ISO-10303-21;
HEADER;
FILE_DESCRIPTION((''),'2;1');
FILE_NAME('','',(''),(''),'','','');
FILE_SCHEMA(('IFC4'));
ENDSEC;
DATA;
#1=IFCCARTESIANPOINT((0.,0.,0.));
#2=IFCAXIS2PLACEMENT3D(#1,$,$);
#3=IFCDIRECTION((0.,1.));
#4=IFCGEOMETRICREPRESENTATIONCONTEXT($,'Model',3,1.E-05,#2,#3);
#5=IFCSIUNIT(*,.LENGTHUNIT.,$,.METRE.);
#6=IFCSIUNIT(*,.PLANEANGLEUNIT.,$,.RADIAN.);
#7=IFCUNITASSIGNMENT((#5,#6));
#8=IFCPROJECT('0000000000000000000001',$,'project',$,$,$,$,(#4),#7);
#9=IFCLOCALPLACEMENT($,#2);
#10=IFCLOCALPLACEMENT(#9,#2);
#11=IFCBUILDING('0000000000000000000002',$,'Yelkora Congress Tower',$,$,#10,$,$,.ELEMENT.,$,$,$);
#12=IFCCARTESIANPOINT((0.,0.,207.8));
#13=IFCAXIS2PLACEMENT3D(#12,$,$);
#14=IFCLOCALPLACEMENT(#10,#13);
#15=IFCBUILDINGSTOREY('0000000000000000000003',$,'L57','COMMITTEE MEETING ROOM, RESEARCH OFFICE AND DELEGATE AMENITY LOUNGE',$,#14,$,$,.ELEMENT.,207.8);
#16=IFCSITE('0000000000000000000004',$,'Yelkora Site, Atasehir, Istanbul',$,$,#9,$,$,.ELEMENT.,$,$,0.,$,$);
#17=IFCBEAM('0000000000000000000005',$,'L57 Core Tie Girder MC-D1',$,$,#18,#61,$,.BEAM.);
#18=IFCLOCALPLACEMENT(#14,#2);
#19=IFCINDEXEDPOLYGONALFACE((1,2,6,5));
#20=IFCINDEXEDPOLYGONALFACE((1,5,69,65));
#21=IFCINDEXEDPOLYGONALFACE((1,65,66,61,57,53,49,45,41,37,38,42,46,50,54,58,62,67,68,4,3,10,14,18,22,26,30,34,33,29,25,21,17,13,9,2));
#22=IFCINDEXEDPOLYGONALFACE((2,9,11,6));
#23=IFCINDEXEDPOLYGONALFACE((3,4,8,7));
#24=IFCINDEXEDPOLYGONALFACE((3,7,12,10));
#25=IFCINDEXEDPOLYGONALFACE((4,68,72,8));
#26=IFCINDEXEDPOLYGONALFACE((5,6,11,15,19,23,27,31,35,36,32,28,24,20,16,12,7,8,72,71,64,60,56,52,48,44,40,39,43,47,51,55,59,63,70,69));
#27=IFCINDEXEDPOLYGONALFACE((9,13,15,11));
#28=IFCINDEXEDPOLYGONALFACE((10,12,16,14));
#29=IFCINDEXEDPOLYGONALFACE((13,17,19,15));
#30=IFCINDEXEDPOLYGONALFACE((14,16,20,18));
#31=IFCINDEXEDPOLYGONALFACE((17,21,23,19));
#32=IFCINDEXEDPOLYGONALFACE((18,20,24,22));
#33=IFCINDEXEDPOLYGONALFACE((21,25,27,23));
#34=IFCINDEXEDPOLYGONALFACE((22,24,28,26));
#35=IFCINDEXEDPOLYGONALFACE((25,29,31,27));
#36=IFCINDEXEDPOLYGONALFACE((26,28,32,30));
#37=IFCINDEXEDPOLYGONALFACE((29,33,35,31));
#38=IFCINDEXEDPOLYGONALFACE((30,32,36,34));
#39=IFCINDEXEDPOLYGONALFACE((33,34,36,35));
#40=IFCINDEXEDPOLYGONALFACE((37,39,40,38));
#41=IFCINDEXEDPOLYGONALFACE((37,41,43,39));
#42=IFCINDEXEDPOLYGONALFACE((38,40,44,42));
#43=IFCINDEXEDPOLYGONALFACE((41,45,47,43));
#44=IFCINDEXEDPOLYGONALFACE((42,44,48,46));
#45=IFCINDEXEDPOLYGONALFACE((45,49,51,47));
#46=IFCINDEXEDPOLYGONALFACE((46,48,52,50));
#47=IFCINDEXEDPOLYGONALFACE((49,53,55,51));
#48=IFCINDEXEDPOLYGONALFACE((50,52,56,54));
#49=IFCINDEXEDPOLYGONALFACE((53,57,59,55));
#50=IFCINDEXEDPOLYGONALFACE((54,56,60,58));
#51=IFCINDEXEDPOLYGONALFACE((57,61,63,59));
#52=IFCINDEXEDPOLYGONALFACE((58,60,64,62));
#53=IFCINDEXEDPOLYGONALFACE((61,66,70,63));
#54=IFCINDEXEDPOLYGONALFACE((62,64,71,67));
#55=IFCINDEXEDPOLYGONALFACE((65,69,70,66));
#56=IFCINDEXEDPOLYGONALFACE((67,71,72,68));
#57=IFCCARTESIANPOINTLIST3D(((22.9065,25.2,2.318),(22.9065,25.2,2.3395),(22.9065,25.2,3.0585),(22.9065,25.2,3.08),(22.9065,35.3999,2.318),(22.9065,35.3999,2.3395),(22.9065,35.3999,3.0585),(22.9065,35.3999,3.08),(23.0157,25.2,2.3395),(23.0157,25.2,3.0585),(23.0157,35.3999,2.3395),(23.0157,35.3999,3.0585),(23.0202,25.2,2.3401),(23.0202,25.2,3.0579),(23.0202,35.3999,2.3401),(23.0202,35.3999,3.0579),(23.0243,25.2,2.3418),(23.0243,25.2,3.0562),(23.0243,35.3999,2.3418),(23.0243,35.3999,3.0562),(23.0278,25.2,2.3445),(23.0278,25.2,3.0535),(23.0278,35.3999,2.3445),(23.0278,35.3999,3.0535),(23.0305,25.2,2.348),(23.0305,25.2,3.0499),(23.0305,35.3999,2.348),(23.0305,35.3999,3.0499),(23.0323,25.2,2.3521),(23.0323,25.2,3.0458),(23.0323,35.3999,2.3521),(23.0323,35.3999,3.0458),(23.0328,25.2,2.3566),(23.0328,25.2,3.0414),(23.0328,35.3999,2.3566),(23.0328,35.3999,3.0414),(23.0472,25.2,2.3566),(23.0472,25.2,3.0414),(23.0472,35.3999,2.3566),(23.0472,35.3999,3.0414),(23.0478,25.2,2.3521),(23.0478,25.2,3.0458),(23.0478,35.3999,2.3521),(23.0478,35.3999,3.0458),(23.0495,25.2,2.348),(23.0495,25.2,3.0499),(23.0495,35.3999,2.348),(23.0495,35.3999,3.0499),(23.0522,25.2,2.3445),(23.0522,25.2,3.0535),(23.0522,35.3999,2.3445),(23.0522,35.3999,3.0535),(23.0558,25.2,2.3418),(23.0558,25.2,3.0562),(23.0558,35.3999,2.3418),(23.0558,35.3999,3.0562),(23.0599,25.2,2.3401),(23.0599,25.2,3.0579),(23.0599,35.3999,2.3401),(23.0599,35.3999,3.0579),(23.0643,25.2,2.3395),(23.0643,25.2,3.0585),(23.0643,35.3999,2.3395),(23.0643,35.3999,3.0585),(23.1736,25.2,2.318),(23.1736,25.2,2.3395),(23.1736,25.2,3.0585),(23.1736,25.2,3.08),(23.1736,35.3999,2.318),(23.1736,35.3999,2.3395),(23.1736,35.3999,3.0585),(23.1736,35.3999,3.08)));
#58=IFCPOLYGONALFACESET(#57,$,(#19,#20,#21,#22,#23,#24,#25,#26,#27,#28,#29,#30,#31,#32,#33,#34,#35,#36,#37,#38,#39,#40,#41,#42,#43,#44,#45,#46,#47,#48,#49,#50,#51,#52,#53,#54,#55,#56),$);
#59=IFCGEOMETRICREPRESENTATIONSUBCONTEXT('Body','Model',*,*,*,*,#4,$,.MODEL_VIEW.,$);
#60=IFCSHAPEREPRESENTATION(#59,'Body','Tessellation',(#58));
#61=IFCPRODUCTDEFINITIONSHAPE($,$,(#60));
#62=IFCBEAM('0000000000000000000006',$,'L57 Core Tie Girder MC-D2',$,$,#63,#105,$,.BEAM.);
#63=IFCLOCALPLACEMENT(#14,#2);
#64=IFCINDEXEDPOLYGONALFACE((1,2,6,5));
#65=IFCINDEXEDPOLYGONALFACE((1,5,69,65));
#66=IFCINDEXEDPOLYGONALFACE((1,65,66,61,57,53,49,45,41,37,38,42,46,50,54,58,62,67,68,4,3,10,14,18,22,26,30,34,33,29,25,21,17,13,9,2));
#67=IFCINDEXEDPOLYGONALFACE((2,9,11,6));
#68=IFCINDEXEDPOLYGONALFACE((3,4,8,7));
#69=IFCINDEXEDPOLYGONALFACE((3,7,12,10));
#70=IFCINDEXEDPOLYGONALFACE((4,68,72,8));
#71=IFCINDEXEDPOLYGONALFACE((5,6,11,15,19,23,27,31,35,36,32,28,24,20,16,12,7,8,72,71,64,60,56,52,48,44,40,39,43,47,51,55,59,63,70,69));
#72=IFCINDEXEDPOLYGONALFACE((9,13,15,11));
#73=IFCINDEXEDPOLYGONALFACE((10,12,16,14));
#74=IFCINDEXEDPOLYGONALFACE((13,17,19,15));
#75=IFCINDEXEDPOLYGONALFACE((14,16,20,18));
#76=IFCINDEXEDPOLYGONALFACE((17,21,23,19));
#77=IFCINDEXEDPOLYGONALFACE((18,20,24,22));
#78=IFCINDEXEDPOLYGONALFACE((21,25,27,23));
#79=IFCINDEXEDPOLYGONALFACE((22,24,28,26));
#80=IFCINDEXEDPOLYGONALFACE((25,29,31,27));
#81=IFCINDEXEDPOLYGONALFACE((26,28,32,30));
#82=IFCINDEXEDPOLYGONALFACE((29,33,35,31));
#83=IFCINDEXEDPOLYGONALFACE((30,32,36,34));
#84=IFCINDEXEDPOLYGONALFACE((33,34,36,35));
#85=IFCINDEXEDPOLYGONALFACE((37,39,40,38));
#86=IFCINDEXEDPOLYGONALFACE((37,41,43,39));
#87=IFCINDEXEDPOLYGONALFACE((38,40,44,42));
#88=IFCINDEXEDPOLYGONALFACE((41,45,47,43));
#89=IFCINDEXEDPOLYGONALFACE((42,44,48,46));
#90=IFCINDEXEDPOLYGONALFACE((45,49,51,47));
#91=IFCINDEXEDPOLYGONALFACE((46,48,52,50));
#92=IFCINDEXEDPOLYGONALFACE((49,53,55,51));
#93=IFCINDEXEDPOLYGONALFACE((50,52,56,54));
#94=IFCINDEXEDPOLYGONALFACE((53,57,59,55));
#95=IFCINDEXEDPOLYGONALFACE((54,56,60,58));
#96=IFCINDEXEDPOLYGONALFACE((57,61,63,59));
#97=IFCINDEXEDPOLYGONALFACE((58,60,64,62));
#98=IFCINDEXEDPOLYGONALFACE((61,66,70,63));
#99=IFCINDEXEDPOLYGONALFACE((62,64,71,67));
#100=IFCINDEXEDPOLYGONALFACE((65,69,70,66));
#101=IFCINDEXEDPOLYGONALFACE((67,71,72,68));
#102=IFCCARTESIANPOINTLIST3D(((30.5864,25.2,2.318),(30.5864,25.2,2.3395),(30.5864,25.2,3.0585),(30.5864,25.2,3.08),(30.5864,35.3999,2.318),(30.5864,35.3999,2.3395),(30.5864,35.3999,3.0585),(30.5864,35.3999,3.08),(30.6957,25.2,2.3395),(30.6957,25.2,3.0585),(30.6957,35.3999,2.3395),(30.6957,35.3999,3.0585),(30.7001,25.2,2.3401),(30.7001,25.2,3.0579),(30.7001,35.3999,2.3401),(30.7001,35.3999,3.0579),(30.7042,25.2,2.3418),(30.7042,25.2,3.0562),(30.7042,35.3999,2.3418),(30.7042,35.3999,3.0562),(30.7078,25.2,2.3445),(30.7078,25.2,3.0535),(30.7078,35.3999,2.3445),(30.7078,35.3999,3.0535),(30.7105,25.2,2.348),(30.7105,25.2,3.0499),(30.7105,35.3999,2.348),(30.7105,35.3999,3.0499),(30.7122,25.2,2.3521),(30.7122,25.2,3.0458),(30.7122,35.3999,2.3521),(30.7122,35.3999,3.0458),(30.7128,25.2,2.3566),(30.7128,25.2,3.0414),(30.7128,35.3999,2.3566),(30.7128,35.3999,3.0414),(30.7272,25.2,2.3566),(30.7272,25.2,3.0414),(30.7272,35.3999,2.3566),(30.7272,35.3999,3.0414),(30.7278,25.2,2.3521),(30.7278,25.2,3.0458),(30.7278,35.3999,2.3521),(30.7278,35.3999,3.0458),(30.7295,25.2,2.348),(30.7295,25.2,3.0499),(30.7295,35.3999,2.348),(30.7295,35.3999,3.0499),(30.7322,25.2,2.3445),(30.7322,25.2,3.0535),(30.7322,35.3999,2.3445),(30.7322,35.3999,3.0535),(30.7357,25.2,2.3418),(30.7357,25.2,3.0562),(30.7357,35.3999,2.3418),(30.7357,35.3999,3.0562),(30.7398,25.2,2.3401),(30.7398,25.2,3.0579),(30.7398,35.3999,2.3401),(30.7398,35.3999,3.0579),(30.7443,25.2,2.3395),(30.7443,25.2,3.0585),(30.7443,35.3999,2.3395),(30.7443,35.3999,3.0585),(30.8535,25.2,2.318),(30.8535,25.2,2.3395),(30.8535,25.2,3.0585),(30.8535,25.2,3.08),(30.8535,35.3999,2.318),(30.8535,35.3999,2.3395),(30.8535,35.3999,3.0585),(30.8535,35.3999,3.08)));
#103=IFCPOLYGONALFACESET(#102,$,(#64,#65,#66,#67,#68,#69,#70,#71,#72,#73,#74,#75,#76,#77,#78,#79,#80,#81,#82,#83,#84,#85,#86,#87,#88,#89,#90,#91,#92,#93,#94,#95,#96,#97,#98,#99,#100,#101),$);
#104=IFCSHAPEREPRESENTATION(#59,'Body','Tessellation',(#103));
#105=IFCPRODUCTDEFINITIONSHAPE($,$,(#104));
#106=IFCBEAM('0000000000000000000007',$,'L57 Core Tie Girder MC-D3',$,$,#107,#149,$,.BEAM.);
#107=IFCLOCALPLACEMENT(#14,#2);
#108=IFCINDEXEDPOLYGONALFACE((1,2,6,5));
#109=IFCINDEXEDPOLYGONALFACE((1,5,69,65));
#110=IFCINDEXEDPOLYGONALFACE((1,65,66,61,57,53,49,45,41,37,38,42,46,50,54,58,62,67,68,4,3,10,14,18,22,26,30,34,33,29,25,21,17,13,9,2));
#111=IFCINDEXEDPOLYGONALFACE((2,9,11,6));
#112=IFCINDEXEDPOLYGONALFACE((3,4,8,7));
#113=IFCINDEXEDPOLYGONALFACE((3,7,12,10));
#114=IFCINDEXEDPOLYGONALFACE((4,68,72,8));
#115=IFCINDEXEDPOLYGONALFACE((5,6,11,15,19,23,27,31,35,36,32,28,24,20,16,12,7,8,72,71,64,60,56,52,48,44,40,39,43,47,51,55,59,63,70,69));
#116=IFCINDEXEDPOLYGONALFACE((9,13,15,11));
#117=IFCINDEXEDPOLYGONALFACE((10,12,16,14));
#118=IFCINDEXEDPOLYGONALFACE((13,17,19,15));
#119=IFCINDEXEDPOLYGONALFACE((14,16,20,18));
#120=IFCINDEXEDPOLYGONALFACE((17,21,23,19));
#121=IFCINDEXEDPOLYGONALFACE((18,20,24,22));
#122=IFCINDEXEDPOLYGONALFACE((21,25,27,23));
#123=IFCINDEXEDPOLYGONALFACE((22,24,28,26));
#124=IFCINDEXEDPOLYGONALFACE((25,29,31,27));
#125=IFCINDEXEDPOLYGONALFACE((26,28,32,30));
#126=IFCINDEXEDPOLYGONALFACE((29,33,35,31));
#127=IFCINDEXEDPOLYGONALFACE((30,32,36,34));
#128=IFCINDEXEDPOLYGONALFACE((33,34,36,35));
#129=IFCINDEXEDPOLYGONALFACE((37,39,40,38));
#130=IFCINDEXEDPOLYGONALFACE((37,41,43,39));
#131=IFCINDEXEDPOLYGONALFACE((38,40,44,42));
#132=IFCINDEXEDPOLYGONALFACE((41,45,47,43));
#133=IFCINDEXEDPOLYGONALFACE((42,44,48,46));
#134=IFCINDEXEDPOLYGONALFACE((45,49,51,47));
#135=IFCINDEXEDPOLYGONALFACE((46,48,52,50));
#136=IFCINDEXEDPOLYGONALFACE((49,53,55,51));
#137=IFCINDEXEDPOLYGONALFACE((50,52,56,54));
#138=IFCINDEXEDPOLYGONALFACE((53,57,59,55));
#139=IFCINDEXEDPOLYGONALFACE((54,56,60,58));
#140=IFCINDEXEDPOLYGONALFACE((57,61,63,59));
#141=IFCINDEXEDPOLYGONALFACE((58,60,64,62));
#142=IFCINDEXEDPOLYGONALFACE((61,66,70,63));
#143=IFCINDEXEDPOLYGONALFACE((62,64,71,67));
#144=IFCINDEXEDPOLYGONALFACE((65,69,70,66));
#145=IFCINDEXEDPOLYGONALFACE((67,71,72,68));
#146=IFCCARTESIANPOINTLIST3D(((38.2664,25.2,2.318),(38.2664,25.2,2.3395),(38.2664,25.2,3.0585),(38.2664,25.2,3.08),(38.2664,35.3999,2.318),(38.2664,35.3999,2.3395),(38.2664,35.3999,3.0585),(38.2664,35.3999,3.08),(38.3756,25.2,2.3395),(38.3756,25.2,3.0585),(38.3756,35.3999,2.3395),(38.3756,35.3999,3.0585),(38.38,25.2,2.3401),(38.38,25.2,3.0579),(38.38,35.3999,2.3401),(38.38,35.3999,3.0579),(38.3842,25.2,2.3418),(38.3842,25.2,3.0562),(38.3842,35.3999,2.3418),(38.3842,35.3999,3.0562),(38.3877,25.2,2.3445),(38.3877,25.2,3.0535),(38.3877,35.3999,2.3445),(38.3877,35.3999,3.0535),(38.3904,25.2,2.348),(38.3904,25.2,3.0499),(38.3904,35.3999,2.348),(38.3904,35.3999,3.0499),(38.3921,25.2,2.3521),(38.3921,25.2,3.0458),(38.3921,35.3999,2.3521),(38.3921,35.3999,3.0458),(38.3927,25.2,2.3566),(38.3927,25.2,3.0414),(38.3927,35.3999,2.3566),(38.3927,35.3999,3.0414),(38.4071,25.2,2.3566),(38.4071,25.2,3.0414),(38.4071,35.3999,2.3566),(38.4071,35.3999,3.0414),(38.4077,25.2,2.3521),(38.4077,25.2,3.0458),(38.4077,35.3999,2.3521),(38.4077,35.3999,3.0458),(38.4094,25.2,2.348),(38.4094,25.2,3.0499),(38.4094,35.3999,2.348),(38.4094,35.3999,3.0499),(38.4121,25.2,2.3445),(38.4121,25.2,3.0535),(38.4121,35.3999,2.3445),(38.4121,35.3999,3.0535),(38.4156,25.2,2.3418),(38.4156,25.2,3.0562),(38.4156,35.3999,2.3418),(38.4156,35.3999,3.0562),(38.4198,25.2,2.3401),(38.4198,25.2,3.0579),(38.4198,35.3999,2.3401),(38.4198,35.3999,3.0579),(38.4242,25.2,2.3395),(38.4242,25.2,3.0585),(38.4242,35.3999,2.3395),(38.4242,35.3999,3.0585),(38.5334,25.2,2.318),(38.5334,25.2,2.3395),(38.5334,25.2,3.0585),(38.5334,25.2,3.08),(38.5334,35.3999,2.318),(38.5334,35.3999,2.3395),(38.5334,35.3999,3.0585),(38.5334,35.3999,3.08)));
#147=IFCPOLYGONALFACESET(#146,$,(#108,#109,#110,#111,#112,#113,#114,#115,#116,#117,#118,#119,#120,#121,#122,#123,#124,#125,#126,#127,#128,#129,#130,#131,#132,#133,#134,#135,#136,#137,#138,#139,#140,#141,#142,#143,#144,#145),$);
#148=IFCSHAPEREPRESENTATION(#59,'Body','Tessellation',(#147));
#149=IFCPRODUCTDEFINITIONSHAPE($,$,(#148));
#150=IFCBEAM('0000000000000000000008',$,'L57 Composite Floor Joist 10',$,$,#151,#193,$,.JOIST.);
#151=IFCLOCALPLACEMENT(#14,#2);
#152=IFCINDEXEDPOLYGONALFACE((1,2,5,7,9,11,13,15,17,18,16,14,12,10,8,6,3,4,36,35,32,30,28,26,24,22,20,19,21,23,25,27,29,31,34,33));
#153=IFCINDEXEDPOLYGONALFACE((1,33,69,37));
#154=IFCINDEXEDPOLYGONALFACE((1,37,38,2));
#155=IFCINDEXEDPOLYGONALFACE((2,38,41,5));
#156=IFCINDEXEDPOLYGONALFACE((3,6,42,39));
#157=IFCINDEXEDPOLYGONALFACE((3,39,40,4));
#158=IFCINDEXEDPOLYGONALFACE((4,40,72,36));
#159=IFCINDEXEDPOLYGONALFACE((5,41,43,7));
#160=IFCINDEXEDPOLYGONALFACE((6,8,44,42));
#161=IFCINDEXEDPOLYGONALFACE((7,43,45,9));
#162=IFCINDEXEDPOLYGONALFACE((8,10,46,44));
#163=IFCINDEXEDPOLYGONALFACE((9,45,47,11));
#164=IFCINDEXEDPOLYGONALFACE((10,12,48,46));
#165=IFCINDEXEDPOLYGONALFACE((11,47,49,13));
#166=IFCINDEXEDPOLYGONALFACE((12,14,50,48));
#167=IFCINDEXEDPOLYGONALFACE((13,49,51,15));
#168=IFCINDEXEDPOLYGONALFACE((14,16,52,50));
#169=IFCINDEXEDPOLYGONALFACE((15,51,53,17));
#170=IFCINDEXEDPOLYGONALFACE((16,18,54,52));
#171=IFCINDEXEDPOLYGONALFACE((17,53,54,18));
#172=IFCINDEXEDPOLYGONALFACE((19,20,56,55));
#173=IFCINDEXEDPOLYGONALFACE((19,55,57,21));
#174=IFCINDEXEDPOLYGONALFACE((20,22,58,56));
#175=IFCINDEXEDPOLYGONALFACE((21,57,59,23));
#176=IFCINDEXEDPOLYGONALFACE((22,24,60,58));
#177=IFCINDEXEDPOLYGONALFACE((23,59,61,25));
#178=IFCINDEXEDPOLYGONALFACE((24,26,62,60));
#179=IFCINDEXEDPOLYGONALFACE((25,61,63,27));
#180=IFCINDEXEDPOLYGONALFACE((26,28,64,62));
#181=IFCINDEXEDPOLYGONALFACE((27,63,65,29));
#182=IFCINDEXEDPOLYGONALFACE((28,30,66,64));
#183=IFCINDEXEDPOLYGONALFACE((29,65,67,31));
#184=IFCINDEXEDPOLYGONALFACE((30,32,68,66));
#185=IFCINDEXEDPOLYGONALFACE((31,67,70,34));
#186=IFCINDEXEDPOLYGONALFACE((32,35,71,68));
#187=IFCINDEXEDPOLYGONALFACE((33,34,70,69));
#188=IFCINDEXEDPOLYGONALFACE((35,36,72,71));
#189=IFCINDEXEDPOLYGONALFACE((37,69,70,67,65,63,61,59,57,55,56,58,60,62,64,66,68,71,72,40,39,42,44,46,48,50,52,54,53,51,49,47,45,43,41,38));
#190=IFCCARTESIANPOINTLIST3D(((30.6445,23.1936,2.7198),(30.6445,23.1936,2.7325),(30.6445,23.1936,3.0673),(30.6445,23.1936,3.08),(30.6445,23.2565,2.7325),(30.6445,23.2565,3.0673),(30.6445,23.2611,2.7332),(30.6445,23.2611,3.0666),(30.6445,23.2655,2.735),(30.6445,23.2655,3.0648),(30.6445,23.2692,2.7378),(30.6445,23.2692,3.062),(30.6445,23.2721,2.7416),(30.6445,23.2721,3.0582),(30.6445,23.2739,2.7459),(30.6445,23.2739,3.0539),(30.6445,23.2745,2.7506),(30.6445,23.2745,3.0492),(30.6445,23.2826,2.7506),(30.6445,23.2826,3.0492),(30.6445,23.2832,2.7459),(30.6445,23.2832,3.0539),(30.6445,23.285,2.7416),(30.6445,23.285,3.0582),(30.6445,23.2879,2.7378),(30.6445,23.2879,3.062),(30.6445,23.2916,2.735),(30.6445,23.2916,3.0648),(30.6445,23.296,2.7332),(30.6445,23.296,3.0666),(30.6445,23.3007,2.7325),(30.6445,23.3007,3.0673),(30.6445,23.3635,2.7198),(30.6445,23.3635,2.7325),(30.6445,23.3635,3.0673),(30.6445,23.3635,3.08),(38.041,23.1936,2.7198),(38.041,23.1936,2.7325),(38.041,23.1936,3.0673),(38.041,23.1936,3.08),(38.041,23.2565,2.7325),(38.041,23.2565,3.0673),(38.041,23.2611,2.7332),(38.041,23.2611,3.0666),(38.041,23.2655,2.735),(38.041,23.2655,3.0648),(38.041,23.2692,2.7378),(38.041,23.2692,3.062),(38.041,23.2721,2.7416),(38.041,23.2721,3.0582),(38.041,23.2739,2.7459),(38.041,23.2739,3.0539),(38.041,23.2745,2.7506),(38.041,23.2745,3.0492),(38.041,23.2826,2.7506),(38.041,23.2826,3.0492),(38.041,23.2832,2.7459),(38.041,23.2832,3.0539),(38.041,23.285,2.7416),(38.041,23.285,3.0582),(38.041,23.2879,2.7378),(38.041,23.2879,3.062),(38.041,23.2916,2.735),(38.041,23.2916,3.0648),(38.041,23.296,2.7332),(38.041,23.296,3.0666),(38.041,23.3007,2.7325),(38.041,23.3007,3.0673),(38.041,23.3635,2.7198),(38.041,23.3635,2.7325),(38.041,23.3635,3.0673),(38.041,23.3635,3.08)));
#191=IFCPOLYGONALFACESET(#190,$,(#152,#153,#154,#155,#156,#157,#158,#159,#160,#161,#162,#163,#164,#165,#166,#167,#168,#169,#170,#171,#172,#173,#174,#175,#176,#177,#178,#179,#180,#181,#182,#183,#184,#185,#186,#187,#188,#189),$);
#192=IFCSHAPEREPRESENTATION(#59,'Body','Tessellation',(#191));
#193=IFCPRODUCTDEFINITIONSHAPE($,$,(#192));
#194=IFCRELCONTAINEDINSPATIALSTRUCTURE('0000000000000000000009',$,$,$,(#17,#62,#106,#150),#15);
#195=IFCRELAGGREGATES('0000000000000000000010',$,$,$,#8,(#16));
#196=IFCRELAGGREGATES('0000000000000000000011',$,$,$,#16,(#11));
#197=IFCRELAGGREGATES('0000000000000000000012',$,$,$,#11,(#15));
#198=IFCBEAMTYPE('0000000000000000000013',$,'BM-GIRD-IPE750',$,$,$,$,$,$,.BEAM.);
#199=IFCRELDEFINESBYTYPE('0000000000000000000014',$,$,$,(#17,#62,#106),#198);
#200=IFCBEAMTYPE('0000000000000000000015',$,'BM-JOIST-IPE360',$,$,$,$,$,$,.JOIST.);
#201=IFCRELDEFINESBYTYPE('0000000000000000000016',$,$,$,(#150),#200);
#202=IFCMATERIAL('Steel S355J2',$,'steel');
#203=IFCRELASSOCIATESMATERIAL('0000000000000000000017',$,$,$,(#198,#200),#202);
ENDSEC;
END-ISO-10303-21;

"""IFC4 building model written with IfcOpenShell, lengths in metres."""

from ifc_helpers import new_model, si_unit, direction, frame, origin, origin_2d, place, context, subcontext, project, spatial, i_section, extrude, material, material_profile, profile_set, type_object, element, save


model = new_model("IFC4")

# Units and contexts
model_context = context("Model", 3, precision=1e-05, world=origin(), true_north=direction((0.0, 1.0)))
body_context = subcontext(model_context, "Body", "Model", "MODEL_VIEW")
ifc_project = project(units=[si_unit("LENGTHUNIT", "METRE"), si_unit("PLANEANGLEUNIT", "RADIAN")], contexts=[model_context])

# Site, building, storey
site_placement = place(None, origin())
site = spatial("IfcSite", under=ifc_project, at=site_placement, Name="Yelkora Site, Atasehir, Istanbul", CompositionType="ELEMENT", RefElevation=0.0)
building_placement = place(site_placement, origin())
building = spatial("IfcBuilding", under=site, at=building_placement, Name="Yelkora Congress Tower", CompositionType="ELEMENT")
storey_placement = place(building_placement, frame((0.0, 0.0, 207.8)))
storey = spatial("IfcBuildingStorey", under=building, at=storey_placement, Name="L57", Description="COMMITTEE MEETING ROOM, RESEARCH OFFICE AND DELEGATE AMENITY LOUNGE", CompositionType="ELEMENT", Elevation=207.8)

# Beams
ifc_material_1 = material(Name="Steel S355J2", Category="steel")
ifc_material_profile_1 = material_profile(ifc_material_1, i_section(OverallWidth=0.2671, OverallDepth=0.762, WebThickness=0.0144, FlangeThickness=0.0215, FilletRadius=0.0171, at=origin_2d()), Name="IPE 750x173")
ifc_profile_set_1 = profile_set([ifc_material_profile_1], Name="Steel S355J2")
beam_type_1 = type_object("IfcBeamType", Name="BM-GIRD-IPE750", PredefinedType="BEAM", material=ifc_profile_set_1)
for number, where, z_axis, x_axis, name in (
    (1, (23.04, 25.2, 2.699), (0.0, 1.0, 0.0), (-1.0, 0.0, 0.0), "L57 Core Tie Girder MC-D1"),
    (2, (30.72, 25.2, 2.699), (0.0, 1.0, 0.0), (-1.0, 0.0, 0.0), "L57 Core Tie Girder MC-D2"),
    (3, (38.3999, 25.2, 2.699), (0.0, 1.0, 0.0), (-1.0, 0.0, 0.0), "L57 Core Tie Girder MC-D3"),
):
    element("IfcBeam", number, at=place(storey_placement, frame(where, z_axis=z_axis, x_axis=x_axis)), inside=storey, type_object=beam_type_1, Name=name, PredefinedType="BEAM", context=body_context, shape_type="SweptSolid", body=[
        extrude(i_section(OverallWidth=0.2671, OverallDepth=0.762, WebThickness=0.0144, FlangeThickness=0.0215, FilletRadius=0.0171, at=origin_2d()), origin(), (0.0, 0.0, 1.0), 10.2),
    ])
ifc_material_profile_2 = material_profile(ifc_material_1, i_section(OverallWidth=0.1699, OverallDepth=0.3601, WebThickness=0.0081, FlangeThickness=0.0127, FilletRadius=0.0181, at=origin_2d()), Name="IPE 360")
ifc_profile_set_2 = profile_set([ifc_material_profile_2], Name="Steel S355J2")
beam_type_2 = type_object("IfcBeamType", Name="BM-JOIST-IPE360", PredefinedType="JOIST", material=ifc_profile_set_2)
beam_1_placement = place(storey_placement, frame((30.6445, 23.2786, 2.8999), z_axis=(1.0, 0.0, 0.0), x_axis=(0.0, 1.0, 0.0)))
element("IfcBeam", 4, at=beam_1_placement, inside=storey, type_object=beam_type_2, Name="L57 Composite Floor Joist 10", PredefinedType="JOIST", context=body_context, shape_type="SweptSolid", body=[
    extrude(i_section(OverallWidth=0.1699, OverallDepth=0.3601, WebThickness=0.0081, FlangeThickness=0.0127, FilletRadius=0.0181, at=origin_2d()), origin(), (0.0, 0.0, 1.0), 7.3965),
])

save(model, "model.ifc")
